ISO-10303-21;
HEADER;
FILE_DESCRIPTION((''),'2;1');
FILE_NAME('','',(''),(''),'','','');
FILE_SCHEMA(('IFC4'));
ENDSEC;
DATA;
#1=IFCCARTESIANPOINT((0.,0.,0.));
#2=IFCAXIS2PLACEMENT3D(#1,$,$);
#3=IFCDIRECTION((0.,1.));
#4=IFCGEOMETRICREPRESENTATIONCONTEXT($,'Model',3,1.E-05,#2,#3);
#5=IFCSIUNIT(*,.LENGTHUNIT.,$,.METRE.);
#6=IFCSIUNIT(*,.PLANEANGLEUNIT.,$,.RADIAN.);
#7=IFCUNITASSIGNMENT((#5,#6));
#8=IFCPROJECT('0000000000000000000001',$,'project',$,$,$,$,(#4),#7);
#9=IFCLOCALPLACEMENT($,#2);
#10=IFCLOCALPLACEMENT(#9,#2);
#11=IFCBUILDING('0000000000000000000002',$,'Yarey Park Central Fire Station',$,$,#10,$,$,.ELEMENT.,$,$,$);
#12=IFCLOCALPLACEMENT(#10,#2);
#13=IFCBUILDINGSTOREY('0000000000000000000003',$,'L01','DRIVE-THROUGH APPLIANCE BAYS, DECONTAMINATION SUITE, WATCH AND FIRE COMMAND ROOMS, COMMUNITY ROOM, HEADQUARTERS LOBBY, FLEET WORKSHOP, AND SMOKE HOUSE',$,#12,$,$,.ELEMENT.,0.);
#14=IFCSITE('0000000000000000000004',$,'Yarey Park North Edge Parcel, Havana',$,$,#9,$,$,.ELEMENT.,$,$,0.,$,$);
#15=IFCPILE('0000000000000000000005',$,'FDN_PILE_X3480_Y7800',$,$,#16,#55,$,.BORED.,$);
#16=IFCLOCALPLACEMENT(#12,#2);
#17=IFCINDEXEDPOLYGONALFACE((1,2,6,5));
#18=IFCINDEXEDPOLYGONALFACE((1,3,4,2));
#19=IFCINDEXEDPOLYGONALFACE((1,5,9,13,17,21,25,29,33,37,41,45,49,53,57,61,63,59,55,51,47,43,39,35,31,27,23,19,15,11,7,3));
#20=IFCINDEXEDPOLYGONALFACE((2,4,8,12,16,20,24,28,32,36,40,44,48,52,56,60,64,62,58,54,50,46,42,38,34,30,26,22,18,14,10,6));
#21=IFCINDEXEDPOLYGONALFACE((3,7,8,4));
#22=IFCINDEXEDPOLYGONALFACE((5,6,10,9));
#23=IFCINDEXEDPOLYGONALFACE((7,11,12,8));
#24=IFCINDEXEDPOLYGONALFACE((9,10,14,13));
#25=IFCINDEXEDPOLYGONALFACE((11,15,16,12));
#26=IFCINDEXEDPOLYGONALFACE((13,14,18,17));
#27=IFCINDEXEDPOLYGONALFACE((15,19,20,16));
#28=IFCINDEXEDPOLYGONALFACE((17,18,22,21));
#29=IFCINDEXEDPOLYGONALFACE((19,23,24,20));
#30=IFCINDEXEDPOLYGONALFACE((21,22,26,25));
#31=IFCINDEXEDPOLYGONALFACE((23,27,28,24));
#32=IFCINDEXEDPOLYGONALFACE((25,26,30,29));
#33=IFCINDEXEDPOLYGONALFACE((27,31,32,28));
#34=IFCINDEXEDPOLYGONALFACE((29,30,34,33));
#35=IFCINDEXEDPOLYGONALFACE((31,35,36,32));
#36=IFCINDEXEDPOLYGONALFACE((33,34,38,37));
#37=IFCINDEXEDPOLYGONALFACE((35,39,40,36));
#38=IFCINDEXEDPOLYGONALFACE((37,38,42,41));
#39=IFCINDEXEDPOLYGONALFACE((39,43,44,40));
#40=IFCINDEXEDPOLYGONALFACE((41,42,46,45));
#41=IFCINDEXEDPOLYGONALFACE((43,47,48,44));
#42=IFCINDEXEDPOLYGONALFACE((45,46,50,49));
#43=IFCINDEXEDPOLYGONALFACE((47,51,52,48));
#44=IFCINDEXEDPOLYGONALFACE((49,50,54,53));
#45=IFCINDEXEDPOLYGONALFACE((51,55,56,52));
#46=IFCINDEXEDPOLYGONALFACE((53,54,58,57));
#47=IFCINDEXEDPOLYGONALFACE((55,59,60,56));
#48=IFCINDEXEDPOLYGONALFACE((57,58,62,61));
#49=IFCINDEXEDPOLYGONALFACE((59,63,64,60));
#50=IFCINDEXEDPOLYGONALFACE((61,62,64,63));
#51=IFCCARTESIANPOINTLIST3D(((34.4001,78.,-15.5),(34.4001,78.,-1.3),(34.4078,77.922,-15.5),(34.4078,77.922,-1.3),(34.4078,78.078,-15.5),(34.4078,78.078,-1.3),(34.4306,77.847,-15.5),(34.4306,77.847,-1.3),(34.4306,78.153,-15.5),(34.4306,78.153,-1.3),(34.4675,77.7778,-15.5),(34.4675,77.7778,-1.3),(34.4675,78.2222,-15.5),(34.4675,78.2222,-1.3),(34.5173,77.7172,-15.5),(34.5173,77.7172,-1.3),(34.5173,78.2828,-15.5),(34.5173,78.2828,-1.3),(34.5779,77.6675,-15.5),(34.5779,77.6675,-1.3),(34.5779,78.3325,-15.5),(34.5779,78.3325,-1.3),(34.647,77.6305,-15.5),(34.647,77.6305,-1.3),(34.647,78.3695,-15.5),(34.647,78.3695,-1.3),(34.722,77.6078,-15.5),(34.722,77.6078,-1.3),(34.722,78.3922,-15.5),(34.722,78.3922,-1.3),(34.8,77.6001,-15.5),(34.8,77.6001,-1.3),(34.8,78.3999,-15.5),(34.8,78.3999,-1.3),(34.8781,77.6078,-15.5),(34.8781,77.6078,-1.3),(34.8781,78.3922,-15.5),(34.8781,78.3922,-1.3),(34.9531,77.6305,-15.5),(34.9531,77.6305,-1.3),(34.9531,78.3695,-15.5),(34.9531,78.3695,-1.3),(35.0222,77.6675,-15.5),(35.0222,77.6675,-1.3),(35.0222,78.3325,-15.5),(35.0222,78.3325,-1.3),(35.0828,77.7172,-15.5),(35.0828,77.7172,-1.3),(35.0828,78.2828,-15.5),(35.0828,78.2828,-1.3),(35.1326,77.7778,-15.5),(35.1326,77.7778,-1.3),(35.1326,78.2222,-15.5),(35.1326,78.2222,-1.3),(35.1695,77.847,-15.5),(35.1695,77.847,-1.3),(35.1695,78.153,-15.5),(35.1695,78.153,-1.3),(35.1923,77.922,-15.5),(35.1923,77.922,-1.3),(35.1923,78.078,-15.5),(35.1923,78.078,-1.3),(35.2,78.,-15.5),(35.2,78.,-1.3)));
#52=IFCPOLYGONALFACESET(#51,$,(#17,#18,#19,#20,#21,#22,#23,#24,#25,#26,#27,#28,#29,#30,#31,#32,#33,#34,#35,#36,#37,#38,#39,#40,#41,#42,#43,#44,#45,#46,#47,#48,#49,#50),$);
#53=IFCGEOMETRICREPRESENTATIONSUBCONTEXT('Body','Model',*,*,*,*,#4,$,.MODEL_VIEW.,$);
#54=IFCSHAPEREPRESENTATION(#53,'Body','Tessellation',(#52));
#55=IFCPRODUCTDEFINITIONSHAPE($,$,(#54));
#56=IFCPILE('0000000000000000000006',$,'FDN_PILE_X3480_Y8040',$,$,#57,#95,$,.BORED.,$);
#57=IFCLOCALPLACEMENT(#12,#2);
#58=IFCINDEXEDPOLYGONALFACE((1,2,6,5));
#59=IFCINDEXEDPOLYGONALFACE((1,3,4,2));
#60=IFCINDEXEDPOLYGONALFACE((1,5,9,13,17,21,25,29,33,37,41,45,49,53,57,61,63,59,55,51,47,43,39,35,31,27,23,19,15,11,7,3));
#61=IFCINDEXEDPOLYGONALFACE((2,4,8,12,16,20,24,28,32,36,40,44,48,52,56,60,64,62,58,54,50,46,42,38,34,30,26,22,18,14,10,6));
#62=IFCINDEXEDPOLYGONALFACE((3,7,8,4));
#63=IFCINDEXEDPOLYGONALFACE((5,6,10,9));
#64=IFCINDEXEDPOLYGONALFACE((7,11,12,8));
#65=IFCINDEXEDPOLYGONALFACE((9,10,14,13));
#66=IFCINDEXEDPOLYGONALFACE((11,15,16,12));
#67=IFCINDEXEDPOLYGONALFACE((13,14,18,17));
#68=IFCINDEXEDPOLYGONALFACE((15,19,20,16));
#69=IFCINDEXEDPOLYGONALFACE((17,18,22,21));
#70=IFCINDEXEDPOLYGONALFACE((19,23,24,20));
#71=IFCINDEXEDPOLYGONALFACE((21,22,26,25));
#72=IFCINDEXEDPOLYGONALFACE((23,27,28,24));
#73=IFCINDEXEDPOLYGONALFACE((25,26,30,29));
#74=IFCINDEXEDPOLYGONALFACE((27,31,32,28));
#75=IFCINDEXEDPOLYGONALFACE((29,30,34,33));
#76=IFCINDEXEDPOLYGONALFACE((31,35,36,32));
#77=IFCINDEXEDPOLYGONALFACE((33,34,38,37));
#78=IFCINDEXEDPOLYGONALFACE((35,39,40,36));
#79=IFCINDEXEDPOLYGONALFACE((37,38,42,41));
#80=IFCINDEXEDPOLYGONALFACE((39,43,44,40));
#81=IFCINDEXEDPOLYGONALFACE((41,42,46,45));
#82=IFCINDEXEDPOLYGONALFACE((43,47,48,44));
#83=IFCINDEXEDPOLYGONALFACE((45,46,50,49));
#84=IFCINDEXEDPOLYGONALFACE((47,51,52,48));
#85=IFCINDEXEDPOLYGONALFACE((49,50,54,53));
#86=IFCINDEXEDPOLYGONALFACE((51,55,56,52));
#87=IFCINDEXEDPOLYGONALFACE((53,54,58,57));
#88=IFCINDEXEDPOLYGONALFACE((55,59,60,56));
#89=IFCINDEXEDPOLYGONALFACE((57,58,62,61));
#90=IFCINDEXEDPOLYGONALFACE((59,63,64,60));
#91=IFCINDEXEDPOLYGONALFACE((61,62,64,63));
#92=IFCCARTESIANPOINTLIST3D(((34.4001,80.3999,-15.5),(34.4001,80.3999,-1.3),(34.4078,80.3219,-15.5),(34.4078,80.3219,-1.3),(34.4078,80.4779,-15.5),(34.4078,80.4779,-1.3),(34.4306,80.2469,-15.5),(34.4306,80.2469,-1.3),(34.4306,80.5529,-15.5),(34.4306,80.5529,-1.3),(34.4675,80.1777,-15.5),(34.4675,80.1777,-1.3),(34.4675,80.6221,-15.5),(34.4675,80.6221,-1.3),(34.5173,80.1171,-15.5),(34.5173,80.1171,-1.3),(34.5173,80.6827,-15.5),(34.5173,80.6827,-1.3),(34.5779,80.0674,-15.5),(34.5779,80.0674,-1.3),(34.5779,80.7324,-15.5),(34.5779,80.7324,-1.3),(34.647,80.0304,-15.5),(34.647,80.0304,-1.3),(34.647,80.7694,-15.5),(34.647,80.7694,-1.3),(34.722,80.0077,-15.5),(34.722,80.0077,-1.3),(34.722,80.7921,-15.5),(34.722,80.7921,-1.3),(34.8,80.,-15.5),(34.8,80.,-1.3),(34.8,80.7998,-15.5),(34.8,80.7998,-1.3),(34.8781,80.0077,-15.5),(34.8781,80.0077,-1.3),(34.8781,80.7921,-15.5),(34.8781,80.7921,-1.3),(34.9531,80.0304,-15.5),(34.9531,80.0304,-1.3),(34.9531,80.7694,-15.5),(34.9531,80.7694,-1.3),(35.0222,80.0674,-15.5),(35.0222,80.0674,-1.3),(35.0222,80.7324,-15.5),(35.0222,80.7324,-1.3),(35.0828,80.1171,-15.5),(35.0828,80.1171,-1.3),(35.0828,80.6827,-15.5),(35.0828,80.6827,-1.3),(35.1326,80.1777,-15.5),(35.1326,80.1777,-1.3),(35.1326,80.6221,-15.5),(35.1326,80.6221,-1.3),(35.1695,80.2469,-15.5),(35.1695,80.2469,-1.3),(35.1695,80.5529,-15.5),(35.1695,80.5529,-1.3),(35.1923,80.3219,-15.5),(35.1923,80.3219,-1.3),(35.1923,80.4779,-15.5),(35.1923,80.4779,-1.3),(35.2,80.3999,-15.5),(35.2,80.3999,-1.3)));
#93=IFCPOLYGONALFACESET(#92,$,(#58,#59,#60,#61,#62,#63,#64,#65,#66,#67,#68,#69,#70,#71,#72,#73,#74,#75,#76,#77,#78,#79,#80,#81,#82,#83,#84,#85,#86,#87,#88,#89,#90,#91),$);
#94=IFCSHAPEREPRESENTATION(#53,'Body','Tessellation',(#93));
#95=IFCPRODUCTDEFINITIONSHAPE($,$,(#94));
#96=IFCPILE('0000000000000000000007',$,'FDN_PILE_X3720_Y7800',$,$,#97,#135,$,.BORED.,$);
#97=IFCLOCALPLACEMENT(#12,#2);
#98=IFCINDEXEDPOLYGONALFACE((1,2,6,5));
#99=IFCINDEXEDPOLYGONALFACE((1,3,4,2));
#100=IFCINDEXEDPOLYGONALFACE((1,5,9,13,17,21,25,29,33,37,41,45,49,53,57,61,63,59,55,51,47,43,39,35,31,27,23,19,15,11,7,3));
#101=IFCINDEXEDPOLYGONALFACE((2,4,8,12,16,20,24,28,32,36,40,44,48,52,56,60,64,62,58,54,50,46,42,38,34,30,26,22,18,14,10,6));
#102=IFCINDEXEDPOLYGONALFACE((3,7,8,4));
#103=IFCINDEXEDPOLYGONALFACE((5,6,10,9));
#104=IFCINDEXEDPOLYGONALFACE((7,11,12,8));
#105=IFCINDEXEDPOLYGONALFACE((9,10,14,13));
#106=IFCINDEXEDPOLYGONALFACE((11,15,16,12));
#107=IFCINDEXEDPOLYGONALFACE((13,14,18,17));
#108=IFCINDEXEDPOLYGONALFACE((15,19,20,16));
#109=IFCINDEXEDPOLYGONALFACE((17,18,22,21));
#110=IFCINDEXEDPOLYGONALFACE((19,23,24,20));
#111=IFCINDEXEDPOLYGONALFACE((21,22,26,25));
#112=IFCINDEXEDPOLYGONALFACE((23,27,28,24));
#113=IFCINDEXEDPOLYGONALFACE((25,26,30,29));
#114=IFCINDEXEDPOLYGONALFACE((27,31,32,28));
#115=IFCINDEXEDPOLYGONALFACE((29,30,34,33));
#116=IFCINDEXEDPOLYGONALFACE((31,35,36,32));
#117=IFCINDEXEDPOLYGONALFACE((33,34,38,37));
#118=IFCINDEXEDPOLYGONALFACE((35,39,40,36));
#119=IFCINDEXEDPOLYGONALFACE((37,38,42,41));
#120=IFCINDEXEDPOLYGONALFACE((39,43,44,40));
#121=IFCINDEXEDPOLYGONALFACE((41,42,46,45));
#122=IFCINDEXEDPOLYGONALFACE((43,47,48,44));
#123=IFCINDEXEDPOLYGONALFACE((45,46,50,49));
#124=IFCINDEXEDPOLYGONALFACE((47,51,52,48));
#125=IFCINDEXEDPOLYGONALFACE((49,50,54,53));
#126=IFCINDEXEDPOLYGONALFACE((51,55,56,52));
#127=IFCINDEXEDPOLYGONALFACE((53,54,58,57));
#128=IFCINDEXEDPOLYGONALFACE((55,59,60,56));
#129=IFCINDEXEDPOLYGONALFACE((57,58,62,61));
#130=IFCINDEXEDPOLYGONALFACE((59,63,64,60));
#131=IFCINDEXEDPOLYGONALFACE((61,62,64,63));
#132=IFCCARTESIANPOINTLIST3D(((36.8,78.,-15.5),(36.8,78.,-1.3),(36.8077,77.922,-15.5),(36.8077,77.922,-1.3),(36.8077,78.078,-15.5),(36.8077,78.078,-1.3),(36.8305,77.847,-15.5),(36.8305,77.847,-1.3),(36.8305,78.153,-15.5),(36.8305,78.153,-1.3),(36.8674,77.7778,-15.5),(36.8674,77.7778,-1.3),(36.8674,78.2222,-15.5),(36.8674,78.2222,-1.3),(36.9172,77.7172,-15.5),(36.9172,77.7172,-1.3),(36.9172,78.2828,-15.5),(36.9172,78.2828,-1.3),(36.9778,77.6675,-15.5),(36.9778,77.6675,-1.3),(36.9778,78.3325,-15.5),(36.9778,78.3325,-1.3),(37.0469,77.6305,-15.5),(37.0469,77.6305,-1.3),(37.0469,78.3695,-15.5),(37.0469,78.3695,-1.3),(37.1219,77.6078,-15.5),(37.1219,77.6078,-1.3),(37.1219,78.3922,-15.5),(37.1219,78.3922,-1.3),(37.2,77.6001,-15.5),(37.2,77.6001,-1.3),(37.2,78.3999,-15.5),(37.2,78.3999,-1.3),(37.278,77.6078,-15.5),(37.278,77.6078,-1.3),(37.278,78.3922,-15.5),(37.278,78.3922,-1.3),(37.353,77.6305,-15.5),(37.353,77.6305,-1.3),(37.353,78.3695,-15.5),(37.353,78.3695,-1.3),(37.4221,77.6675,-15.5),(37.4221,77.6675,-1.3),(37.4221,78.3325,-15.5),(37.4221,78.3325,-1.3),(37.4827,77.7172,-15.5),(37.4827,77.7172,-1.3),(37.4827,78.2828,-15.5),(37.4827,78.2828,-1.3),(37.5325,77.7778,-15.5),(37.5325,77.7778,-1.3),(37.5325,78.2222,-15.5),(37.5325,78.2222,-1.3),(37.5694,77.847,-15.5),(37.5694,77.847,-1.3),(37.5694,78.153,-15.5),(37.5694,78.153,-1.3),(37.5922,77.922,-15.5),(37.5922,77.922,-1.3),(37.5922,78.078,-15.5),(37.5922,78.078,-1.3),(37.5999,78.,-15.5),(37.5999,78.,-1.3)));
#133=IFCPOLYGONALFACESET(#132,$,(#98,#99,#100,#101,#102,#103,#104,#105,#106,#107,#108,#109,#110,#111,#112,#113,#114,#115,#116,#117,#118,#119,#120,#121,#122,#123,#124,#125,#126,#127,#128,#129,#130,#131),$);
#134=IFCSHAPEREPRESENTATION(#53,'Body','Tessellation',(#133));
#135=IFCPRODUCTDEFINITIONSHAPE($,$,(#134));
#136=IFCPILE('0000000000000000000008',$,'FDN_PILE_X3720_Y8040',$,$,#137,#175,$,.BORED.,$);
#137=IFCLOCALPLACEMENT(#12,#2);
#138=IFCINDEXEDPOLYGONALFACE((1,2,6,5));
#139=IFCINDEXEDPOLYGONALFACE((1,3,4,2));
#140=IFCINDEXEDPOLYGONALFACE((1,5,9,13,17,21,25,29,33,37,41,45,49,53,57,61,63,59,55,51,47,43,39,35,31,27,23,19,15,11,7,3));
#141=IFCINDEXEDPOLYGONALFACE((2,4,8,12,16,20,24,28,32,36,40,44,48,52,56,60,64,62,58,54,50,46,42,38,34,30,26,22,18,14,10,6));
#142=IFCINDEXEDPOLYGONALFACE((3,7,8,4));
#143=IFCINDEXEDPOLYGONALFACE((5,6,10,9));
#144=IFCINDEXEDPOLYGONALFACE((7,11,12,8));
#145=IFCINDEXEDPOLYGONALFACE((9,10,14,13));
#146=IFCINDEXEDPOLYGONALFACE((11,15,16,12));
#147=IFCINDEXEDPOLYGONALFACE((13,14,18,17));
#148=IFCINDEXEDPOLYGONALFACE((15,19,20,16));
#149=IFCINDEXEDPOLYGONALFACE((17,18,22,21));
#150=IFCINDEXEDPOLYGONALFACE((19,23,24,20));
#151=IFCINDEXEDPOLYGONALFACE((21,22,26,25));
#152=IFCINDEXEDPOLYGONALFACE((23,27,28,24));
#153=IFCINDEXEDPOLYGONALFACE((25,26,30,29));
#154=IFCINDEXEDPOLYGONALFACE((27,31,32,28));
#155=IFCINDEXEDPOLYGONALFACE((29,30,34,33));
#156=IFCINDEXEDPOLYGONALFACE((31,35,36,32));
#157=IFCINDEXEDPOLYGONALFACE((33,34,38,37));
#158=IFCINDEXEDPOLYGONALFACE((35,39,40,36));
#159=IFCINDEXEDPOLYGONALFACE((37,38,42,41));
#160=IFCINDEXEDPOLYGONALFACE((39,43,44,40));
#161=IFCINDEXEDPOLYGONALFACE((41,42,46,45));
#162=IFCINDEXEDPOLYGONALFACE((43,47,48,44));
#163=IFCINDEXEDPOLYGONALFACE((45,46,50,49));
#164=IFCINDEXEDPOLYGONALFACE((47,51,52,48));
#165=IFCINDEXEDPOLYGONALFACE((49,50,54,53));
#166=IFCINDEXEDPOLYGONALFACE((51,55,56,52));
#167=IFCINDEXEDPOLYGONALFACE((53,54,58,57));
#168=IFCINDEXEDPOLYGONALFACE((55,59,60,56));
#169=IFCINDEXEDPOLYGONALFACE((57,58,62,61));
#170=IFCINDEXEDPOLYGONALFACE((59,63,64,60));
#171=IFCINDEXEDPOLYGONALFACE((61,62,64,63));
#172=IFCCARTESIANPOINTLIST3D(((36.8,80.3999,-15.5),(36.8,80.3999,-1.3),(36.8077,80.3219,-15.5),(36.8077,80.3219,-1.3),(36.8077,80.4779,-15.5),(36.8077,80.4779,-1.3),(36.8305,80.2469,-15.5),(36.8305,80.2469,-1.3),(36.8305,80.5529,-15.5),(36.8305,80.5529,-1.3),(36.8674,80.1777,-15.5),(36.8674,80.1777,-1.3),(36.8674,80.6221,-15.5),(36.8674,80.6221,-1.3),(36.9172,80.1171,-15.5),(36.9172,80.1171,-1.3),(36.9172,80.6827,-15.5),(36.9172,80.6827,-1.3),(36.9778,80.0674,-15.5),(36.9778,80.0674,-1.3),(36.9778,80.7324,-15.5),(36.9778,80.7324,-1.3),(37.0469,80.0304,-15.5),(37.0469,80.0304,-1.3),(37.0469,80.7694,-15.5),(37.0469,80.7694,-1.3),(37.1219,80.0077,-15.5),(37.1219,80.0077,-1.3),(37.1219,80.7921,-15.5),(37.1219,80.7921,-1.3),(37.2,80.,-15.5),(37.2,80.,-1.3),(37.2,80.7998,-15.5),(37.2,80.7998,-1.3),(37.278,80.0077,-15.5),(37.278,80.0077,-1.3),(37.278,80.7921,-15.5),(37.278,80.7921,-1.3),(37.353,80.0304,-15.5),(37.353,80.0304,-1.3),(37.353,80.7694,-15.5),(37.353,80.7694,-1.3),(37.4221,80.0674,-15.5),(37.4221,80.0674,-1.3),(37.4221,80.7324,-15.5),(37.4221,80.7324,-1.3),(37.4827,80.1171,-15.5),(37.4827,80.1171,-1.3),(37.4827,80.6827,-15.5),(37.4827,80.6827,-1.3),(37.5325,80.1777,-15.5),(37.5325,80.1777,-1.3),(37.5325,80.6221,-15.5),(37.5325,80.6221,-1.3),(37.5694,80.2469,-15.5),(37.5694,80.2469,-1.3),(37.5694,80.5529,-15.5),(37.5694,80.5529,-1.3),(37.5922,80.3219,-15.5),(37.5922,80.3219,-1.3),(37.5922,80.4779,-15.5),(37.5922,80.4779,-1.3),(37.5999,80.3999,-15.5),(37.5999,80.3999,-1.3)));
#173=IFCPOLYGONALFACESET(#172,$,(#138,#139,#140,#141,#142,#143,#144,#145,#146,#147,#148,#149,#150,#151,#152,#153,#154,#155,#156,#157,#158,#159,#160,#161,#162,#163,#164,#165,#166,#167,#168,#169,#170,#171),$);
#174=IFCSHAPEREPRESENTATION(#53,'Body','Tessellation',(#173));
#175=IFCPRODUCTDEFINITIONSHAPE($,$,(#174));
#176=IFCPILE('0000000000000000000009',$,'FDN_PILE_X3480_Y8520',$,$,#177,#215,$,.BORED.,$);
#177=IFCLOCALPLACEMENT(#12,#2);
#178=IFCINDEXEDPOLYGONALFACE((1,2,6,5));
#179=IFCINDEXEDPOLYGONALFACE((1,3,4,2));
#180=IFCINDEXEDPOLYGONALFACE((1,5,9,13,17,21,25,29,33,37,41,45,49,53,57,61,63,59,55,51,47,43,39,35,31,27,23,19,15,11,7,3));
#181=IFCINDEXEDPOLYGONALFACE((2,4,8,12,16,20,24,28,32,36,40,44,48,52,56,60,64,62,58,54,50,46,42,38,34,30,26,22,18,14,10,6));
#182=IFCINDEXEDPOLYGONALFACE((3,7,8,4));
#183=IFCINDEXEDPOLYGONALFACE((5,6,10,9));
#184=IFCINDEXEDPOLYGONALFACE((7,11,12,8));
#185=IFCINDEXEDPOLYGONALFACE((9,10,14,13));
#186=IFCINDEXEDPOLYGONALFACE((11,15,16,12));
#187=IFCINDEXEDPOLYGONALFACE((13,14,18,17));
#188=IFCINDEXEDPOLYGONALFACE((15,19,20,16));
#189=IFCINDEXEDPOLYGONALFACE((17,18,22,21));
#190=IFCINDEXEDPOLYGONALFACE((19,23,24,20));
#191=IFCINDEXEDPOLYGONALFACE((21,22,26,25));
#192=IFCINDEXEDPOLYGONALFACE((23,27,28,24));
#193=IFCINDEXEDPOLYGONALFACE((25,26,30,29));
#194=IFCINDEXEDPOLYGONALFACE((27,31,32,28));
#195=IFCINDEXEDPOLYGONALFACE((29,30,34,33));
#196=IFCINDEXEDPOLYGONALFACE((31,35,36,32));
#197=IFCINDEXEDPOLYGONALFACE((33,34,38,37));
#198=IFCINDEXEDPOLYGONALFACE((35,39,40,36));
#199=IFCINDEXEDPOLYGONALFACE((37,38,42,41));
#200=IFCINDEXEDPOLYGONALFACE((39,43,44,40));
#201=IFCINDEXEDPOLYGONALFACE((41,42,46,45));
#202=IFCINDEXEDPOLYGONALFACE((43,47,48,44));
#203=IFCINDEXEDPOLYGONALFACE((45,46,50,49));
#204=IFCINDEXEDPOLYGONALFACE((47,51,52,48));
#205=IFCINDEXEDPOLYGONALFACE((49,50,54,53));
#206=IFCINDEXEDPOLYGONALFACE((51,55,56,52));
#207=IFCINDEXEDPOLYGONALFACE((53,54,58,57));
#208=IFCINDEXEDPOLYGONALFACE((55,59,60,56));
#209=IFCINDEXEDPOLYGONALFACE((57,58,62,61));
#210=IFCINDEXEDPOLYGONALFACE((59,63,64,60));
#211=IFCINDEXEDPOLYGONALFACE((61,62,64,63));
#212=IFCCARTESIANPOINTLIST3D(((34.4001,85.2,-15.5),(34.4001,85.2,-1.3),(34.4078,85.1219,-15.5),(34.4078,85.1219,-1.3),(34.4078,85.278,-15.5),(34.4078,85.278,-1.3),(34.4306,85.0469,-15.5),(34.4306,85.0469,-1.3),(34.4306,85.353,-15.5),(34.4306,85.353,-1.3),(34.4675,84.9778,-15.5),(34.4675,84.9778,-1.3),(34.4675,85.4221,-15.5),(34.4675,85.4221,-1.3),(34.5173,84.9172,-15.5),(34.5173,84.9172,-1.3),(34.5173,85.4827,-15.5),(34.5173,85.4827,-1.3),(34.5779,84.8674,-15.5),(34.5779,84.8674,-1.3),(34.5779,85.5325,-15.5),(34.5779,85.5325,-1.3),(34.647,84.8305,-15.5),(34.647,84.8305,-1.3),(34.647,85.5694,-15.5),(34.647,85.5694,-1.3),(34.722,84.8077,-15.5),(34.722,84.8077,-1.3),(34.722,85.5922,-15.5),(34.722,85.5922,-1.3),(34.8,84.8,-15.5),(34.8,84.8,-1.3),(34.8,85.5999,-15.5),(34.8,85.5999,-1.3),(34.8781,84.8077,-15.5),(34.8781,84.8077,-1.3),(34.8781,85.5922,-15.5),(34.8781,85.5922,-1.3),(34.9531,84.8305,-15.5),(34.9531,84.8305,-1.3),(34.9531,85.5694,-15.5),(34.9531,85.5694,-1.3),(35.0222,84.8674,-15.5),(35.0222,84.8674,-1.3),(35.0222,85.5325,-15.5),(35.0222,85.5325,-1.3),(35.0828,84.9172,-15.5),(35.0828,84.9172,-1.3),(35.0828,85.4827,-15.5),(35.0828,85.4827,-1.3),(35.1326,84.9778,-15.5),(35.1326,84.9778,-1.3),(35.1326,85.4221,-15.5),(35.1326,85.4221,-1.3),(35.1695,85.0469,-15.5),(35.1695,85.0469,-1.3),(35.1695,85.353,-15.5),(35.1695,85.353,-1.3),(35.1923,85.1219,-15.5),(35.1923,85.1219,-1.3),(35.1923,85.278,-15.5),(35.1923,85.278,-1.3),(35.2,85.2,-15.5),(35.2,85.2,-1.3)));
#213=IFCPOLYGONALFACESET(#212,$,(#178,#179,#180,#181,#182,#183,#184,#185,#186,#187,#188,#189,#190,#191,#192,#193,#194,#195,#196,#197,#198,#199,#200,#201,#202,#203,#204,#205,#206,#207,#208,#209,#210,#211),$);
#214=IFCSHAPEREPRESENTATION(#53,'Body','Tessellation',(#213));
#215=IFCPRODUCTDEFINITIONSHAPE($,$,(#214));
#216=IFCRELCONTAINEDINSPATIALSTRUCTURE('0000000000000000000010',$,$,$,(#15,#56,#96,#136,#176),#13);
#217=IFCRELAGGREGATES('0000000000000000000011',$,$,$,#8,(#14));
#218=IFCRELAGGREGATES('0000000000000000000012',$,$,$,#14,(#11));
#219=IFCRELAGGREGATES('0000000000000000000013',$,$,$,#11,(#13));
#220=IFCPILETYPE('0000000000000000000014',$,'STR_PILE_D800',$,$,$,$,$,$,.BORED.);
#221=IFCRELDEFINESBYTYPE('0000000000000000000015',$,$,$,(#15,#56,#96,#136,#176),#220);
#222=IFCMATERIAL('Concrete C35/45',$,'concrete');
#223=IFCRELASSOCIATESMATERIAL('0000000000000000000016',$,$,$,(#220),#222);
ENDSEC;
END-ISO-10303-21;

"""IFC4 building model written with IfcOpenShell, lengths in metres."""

from ifc_helpers import new_model, si_unit, direction, frame, origin, origin_2d, place, context, subcontext, project, spatial, circle, extrude, material, material_profile, profile_set, type_object, element, save


model = new_model("IFC4")

# Units and contexts
model_context = context("Model", 3, precision=1e-05, world=origin(), true_north=direction((0.0, 1.0)))
body_context = subcontext(model_context, "Body", "Model", "MODEL_VIEW")
ifc_project = project(units=[si_unit("LENGTHUNIT", "METRE"), si_unit("PLANEANGLEUNIT", "RADIAN")], contexts=[model_context])

# Site, building, storey
site_placement = place(None, origin())
site = spatial("IfcSite", under=ifc_project, at=site_placement, Name="Yarey Park North Edge Parcel, Havana", CompositionType="ELEMENT", RefElevation=0.0)
building_placement = place(site_placement, origin())
building = spatial("IfcBuilding", under=site, at=building_placement, Name="Yarey Park Central Fire Station", CompositionType="ELEMENT")
storey_placement = place(building_placement, origin())
storey = spatial("IfcBuildingStorey", under=building, at=storey_placement, Name="L01", Description="DRIVE-THROUGH APPLIANCE BAYS, DECONTAMINATION SUITE, WATCH AND FIRE COMMAND ROOMS, COMMUNITY ROOM, HEADQUARTERS LOBBY, FLEET WORKSHOP, AND SMOKE HOUSE", CompositionType="ELEMENT", Elevation=0.0)

# Shared definitions
ifc_material_1 = material(Name="Concrete C35/45", Category="concrete")

# Piles
ifc_material_profile_1 = material_profile(ifc_material_1, circle(Radius=0.3999, at=origin_2d()), Name="BORED PILE D800")
ifc_profile_set_1 = profile_set([ifc_material_profile_1], Name="Concrete C35/45")
pile_type = type_object("IfcPileType", Name="STR_PILE_D800", PredefinedType="BORED", material=ifc_profile_set_1)
for number, where, z_axis, x_axis, name in (
    (1, (34.8, 78.0, -1.3), (0.0, 0.0, -1.0), (1.0, 0.0, 0.0), "FDN_PILE_X3480_Y7800"),
    (2, (34.8, 80.3999, -1.3), (0.0, 0.0, -1.0), (1.0, 0.0, 0.0), "FDN_PILE_X3480_Y8040"),
    (3, (37.2, 78.0, -1.3), (0.0, 0.0, -1.0), (1.0, 0.0, 0.0), "FDN_PILE_X3720_Y7800"),
    (4, (37.2, 80.3999, -1.3), (0.0, 0.0, -1.0), (1.0, 0.0, 0.0), "FDN_PILE_X3720_Y8040"),
    (5, (34.8, 85.2, -1.3), (0.0, 0.0, -1.0), (1.0, 0.0, 0.0), "FDN_PILE_X3480_Y8520"),
):
    element("IfcPile", number, at=place(storey_placement, frame(where, z_axis=z_axis, x_axis=x_axis)), inside=storey, type_object=pile_type, Name=name, PredefinedType="BORED", context=body_context, shape_type="SweptSolid", body=[
        extrude(circle(Radius=0.3999, at=origin_2d()), origin(), (0.0, 0.0, 1.0), 14.2),
    ])

save(model, "model.ifc")
